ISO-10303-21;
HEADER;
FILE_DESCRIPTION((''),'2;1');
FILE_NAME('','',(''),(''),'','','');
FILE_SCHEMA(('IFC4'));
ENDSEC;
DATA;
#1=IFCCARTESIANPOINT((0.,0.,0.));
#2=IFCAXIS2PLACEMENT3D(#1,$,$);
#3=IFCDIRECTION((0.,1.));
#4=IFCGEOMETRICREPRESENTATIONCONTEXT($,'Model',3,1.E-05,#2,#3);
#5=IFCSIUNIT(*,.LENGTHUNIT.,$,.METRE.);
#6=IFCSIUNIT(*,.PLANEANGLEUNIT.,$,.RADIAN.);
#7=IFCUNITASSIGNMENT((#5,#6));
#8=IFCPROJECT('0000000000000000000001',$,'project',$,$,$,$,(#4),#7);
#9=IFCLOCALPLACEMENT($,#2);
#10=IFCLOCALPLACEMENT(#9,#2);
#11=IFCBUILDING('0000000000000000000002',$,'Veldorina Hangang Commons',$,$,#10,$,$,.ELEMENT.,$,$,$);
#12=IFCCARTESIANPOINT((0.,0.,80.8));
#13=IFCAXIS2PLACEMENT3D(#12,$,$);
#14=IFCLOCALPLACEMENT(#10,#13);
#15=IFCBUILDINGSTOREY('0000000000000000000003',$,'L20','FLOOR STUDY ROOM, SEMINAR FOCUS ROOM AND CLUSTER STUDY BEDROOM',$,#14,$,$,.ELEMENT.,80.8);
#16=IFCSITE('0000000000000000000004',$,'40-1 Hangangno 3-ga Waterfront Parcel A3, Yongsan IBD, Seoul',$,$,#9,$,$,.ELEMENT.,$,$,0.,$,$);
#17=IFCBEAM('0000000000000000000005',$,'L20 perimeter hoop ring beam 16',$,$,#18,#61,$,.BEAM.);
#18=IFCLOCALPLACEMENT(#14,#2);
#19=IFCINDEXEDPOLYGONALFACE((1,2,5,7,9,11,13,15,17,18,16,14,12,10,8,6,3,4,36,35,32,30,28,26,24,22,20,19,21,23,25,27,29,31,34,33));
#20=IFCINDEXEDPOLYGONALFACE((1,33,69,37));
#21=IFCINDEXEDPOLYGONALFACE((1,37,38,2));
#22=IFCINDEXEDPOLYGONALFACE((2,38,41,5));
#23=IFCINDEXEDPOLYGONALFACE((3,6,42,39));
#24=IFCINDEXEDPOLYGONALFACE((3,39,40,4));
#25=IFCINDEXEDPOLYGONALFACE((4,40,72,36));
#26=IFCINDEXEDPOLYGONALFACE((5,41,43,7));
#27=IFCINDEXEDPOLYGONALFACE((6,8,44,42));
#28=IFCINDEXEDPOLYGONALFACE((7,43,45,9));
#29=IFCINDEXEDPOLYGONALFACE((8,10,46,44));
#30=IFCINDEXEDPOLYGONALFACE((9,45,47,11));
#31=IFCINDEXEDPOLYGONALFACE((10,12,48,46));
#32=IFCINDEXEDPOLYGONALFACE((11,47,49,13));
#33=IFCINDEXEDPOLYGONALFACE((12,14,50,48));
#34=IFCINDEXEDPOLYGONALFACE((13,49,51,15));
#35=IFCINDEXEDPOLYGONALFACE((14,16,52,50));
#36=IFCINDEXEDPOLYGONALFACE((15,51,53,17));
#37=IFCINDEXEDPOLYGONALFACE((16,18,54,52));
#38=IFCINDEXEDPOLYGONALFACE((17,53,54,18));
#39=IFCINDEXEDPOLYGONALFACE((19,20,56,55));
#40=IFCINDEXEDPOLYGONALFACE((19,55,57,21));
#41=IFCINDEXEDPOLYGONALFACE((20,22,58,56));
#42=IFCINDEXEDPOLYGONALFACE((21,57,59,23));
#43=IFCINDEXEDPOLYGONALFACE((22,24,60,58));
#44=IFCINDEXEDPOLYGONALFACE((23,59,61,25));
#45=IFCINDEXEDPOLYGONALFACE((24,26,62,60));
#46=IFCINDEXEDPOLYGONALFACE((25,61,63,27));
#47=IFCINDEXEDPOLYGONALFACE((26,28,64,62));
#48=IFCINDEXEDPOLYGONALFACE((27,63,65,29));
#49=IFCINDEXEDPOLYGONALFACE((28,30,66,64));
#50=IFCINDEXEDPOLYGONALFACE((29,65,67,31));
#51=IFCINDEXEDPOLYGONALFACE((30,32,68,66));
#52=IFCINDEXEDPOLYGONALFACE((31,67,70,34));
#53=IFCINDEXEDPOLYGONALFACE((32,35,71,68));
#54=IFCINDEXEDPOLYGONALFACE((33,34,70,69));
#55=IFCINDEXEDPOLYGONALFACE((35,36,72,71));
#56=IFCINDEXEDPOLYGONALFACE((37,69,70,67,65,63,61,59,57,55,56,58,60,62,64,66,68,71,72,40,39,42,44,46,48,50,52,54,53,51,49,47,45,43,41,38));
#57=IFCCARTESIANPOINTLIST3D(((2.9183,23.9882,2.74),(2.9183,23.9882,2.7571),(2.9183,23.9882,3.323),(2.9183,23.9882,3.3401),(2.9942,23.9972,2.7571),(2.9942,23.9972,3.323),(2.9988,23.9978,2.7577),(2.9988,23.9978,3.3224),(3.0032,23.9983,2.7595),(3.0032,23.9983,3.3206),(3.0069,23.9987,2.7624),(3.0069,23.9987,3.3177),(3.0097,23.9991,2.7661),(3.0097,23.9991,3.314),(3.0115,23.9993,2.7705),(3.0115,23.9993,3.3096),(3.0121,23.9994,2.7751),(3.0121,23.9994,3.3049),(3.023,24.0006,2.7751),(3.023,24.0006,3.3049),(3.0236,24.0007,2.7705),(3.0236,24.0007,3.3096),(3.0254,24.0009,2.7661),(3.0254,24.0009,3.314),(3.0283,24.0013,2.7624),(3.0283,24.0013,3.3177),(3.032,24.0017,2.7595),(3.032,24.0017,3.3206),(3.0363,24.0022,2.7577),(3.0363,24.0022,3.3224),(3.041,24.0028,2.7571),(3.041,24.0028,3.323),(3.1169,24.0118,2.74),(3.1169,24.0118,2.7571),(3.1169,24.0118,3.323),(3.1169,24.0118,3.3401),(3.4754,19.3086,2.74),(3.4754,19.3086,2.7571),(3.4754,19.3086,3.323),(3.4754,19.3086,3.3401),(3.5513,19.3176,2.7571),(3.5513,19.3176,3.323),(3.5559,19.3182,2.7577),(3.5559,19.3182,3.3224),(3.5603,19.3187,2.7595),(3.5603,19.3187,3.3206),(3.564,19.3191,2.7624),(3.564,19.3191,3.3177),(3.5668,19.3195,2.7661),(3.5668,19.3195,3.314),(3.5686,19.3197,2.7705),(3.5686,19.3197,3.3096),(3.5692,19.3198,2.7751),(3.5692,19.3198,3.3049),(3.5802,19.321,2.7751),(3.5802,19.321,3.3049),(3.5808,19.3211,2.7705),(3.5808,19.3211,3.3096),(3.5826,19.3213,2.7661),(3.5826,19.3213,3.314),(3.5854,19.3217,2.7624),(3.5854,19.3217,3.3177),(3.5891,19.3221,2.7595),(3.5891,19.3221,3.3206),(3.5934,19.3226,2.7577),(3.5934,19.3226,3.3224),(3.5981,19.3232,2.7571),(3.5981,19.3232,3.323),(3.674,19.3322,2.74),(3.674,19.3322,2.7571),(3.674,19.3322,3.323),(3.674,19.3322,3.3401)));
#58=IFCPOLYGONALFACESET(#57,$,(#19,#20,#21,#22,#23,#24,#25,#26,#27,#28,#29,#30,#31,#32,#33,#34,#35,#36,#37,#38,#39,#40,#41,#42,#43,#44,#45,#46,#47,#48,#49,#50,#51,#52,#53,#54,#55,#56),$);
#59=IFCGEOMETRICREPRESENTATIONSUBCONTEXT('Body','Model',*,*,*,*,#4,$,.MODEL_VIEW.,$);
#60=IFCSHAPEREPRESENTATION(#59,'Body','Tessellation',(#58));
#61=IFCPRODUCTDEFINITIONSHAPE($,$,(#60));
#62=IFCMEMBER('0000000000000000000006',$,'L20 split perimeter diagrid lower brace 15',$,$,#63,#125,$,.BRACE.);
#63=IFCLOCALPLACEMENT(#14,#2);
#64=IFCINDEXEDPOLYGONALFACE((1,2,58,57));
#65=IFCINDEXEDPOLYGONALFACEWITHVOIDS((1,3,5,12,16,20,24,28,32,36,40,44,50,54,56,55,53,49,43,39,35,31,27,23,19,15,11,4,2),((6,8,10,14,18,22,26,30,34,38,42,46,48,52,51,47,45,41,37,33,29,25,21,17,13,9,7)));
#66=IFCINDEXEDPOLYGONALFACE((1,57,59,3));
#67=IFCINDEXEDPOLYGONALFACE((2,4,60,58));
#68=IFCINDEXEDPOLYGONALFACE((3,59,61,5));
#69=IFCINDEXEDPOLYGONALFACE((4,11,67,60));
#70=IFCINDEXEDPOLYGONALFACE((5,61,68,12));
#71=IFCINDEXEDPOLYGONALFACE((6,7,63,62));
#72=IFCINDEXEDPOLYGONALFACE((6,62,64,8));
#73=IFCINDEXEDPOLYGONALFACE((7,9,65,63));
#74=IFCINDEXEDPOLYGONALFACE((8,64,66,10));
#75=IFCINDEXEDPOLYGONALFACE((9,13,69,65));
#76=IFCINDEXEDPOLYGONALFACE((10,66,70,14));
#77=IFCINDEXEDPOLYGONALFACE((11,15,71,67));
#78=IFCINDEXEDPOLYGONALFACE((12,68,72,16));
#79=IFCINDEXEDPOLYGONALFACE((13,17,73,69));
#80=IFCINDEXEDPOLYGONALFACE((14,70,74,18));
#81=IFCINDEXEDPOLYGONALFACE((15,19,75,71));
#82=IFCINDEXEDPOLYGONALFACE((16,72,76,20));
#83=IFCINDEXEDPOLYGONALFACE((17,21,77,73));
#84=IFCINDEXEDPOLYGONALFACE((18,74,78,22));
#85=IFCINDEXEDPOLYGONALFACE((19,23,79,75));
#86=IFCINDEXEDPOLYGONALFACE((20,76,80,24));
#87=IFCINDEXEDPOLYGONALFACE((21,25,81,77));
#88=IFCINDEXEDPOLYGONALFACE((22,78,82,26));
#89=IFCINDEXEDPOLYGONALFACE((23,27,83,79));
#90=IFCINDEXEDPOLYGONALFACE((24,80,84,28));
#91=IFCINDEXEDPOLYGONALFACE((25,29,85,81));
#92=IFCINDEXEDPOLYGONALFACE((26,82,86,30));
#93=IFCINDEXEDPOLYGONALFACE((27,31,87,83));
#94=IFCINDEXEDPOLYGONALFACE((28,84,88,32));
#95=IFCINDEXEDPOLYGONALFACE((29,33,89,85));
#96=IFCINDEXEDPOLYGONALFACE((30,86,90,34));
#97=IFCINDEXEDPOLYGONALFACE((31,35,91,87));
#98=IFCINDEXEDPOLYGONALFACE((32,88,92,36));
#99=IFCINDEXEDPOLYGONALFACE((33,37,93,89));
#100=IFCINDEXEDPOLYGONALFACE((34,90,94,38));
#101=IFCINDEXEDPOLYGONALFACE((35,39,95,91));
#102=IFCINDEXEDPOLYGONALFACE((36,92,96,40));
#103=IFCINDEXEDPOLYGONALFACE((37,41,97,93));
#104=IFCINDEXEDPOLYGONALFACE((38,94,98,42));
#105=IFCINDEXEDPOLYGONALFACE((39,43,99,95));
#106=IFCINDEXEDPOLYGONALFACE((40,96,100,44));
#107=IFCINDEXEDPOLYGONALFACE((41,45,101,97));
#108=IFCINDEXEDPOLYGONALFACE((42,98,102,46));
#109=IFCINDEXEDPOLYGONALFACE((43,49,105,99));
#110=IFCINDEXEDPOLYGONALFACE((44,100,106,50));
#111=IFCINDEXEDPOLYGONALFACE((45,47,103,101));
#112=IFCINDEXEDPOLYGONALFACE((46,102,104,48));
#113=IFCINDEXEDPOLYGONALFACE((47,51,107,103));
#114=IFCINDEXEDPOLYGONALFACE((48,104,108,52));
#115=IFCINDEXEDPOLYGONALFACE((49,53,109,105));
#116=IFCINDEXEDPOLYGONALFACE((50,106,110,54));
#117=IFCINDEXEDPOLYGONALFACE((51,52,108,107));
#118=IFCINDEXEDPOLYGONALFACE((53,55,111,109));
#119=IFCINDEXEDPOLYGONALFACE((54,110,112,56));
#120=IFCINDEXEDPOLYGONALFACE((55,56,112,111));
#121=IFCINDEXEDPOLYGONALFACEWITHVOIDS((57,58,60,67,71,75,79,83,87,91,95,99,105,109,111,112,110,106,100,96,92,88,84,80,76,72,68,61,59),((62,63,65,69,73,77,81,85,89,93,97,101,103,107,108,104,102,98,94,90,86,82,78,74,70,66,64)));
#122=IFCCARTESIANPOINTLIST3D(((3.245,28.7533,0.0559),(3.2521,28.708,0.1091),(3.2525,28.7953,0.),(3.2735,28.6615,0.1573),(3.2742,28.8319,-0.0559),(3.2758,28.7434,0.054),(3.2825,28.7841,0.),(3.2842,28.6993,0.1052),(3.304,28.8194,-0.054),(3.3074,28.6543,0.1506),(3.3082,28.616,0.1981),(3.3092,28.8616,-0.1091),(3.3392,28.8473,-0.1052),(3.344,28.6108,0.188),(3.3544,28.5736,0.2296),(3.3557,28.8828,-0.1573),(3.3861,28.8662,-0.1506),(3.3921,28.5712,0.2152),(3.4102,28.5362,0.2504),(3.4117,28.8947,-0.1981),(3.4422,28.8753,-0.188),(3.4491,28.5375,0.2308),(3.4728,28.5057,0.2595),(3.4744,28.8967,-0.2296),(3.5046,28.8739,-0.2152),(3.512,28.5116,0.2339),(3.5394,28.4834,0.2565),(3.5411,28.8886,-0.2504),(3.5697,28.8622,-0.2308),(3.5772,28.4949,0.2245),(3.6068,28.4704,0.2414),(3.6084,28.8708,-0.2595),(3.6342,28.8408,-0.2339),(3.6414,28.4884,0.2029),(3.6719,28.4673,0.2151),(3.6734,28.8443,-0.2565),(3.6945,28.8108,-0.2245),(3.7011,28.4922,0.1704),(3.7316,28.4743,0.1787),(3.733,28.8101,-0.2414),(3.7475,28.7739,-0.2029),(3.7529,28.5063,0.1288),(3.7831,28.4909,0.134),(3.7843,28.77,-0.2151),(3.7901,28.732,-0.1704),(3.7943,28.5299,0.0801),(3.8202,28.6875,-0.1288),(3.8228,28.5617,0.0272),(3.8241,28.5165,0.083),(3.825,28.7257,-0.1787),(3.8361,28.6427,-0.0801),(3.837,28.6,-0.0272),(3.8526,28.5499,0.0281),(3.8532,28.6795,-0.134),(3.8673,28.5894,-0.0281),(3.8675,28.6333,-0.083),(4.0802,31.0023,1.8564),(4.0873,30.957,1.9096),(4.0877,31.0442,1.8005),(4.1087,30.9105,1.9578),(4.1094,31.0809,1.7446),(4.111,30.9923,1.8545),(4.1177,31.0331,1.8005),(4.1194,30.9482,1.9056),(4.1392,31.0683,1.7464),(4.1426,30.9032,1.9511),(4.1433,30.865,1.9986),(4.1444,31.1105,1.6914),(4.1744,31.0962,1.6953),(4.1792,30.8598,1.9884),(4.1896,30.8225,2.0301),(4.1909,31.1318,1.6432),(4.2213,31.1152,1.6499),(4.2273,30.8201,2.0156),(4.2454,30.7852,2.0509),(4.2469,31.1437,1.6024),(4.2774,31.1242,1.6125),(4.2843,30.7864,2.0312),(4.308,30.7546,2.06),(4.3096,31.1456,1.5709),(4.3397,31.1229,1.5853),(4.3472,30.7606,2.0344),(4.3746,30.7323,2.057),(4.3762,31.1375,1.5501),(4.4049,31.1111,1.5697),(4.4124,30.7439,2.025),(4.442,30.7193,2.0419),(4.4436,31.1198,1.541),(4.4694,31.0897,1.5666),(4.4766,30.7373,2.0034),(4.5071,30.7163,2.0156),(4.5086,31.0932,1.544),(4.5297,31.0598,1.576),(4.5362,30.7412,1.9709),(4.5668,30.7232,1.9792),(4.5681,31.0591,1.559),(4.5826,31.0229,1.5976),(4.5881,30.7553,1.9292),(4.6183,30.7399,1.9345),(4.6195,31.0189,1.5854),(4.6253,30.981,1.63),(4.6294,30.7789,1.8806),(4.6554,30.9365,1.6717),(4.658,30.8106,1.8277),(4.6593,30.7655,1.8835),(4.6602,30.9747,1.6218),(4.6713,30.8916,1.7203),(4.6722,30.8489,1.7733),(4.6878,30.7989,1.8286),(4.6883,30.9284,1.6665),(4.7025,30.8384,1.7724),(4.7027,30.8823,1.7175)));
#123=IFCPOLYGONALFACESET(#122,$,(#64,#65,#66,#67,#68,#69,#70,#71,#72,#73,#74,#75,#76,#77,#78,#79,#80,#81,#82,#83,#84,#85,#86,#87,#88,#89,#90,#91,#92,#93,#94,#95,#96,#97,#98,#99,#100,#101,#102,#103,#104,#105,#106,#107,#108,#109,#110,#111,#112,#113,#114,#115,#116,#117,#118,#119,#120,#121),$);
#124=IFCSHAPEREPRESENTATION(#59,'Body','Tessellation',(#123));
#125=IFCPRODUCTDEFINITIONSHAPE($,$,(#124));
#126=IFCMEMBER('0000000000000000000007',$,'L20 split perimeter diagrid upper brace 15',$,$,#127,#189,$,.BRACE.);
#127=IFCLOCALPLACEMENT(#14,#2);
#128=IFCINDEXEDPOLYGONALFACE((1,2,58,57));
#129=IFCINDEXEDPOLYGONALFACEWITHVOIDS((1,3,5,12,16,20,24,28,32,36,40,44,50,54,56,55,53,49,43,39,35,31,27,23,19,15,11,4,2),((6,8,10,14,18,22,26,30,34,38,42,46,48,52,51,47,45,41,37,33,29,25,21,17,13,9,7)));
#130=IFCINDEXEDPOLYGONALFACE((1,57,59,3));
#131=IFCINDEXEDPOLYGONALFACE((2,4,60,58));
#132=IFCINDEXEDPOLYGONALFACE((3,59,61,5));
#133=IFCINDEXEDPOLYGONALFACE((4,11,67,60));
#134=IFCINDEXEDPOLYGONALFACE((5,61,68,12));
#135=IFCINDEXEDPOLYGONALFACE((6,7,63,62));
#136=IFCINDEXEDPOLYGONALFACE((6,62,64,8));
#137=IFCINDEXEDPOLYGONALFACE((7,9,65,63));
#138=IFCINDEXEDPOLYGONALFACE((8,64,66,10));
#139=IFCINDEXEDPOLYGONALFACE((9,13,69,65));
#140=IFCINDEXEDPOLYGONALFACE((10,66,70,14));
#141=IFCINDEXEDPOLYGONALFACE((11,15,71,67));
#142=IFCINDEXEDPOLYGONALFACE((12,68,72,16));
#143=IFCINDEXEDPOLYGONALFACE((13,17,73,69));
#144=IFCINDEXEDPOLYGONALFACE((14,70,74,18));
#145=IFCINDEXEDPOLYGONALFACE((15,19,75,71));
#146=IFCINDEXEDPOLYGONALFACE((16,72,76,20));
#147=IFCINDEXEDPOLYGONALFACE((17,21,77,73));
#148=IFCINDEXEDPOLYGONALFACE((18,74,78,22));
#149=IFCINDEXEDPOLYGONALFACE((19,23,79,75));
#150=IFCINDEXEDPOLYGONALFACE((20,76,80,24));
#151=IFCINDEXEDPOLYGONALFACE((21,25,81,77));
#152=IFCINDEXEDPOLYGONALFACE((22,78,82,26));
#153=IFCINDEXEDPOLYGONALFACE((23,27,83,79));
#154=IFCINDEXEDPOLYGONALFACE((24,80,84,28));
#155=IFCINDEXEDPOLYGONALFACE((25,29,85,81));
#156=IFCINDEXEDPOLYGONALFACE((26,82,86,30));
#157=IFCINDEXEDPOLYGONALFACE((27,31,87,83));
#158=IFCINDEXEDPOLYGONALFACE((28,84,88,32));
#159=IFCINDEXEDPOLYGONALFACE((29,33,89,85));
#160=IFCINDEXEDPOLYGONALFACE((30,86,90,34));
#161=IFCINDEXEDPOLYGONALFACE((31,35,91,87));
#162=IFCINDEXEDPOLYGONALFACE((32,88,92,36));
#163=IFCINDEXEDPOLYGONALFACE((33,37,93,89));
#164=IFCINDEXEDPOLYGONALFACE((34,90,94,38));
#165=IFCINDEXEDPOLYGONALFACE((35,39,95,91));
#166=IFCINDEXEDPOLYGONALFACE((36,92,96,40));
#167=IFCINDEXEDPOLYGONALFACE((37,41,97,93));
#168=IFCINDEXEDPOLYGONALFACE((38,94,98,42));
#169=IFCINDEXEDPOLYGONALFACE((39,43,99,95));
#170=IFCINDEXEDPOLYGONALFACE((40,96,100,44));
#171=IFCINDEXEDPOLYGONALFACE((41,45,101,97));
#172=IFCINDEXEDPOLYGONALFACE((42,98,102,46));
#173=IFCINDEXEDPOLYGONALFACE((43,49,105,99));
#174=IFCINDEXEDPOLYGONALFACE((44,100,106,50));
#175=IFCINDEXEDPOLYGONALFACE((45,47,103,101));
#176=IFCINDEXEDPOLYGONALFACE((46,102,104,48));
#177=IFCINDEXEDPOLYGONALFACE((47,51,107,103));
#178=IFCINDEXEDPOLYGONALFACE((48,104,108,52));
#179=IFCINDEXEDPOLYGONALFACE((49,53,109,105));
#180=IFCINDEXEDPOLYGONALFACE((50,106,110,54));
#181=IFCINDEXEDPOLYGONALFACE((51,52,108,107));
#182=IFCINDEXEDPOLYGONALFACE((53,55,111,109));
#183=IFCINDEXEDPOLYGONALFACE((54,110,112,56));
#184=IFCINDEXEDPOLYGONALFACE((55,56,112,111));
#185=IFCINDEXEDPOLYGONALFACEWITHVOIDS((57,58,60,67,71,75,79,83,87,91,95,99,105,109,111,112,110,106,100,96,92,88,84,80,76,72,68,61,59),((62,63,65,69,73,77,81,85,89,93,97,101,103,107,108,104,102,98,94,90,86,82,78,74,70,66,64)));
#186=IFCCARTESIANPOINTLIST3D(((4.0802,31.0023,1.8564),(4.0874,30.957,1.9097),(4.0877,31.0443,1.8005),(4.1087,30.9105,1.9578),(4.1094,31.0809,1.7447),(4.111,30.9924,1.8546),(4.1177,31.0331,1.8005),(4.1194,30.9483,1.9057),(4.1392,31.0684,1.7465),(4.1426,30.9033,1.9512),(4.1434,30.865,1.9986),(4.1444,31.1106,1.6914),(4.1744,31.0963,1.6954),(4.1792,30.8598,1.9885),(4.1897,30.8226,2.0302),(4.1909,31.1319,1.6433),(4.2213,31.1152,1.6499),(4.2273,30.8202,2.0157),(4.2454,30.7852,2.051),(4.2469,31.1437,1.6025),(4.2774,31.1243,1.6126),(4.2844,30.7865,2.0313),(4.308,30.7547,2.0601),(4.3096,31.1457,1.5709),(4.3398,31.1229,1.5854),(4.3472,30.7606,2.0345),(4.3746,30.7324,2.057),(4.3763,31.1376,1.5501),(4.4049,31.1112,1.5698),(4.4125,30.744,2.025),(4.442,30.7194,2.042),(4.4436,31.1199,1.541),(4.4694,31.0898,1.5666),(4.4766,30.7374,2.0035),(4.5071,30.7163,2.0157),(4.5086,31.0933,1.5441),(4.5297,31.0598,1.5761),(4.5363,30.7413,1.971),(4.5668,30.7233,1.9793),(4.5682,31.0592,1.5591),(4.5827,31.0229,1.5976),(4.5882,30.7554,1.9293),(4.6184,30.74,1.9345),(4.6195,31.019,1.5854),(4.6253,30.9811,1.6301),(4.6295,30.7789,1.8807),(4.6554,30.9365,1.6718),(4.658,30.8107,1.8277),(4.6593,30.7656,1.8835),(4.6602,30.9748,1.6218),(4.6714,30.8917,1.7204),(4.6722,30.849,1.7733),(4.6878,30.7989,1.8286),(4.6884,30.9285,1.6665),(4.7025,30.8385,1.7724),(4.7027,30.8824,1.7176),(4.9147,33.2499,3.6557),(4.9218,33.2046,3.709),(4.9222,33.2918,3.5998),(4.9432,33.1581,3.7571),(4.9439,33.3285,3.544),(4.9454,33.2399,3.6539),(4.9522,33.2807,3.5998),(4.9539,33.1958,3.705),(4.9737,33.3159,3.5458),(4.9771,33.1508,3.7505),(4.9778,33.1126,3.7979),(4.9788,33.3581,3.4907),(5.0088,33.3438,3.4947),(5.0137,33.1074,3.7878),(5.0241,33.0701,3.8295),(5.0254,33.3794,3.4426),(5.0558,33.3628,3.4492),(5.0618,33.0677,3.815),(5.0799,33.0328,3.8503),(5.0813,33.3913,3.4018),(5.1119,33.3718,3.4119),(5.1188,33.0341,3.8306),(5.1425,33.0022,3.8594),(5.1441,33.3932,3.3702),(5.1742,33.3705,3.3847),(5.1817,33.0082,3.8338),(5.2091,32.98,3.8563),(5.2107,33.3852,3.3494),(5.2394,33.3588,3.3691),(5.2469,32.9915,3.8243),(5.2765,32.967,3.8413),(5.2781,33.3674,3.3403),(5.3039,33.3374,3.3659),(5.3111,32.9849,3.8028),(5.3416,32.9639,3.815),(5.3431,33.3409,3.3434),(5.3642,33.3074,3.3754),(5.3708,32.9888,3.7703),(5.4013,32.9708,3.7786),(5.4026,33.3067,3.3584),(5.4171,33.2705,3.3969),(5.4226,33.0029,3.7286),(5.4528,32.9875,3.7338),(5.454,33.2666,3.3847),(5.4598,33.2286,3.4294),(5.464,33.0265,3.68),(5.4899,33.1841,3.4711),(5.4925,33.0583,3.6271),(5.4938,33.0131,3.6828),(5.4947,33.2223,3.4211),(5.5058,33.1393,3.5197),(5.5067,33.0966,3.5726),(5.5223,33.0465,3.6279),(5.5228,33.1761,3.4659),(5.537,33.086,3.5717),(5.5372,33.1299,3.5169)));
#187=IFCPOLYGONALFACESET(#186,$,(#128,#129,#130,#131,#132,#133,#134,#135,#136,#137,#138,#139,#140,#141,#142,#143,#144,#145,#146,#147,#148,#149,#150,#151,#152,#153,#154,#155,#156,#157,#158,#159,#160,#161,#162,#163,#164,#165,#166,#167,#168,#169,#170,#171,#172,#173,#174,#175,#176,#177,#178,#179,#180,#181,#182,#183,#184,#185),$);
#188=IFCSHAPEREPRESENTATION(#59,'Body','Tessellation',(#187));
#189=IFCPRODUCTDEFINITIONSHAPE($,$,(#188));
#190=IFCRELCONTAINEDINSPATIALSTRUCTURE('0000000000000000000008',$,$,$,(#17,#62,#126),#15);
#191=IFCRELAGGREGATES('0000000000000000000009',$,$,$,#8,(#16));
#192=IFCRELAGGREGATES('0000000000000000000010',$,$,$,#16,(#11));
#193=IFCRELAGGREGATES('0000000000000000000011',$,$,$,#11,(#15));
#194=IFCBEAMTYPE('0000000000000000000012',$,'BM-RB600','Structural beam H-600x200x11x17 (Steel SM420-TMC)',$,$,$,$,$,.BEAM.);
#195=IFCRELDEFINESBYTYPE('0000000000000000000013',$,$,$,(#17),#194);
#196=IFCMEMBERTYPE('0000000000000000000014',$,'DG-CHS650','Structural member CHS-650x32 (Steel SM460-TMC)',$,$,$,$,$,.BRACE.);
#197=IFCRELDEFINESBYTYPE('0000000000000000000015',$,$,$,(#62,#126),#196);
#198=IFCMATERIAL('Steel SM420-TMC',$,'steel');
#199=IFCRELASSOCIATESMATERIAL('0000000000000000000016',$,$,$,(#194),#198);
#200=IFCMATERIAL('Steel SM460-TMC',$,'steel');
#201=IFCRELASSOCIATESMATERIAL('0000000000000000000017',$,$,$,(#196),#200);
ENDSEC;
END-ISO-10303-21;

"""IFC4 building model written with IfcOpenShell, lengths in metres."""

from ifc_helpers import new_model, si_unit, direction, frame, origin, origin_2d, place, context, subcontext, project, spatial, hollow_circle, i_section, extrude, material, material_profile, profile_set, type_object, element, save


model = new_model("IFC4")

# Units and contexts
model_context = context("Model", 3, precision=1e-05, world=origin(), true_north=direction((0.0, 1.0)))
body_context = subcontext(model_context, "Body", "Model", "MODEL_VIEW")
ifc_project = project(units=[si_unit("LENGTHUNIT", "METRE"), si_unit("PLANEANGLEUNIT", "RADIAN")], contexts=[model_context])

# Site, building, storey
site_placement = place(None, origin())
site = spatial("IfcSite", under=ifc_project, at=site_placement, Name="40-1 Hangangno 3-ga Waterfront Parcel A3, Yongsan IBD, Seoul", CompositionType="ELEMENT", RefElevation=0.0)
building_placement = place(site_placement, origin())
building = spatial("IfcBuilding", under=site, at=building_placement, Name="Veldorina Hangang Commons", CompositionType="ELEMENT")
storey_placement = place(building_placement, frame((0.0, 0.0, 80.8)))
storey = spatial("IfcBuildingStorey", under=building, at=storey_placement, Name="L20", Description="FLOOR STUDY ROOM, SEMINAR FOCUS ROOM AND CLUSTER STUDY BEDROOM", CompositionType="ELEMENT", Elevation=80.8)

# Beam
ifc_material_1 = material(Name="Steel SM420-TMC", Category="steel")
ifc_material_profile_1 = material_profile(ifc_material_1, i_section(OverallWidth=0.2, OverallDepth=0.6001, WebThickness=0.011, FlangeThickness=0.0171, FilletRadius=0.0181, at=origin_2d()), Name="H-600x200x11x17")
ifc_profile_set_1 = profile_set([ifc_material_profile_1], Name="Steel SM420-TMC")
beam_type_1 = type_object("IfcBeamType", Name="BM-RB600", Description="Structural beam H-600x200x11x17 (Steel SM420-TMC)", PredefinedType="BEAM", material=ifc_profile_set_1)
for number, where, z_axis, x_axis, name in (
    (1, (3.0176, 24.0, 3.04), (0.118218, -0.992988, 0.0), (0.992988, 0.118218, 0.0), "L20 perimeter hoop ring beam 16"),
):
    element("IfcBeam", number, at=place(storey_placement, frame(where, z_axis=z_axis, x_axis=x_axis)), inside=storey, type_object=beam_type_1, Name=name, PredefinedType="BEAM", context=body_context, shape_type="SweptSolid", body=[
        extrude(i_section(OverallWidth=0.2, OverallDepth=0.6001, WebThickness=0.011, FlangeThickness=0.0171, FilletRadius=0.0181, at=origin_2d()), origin(), (0.0, 0.0, 1.0), 4.7126),
    ])

# Members
ifc_material_2 = material(Name="Steel SM460-TMC", Category="steel")
ifc_material_profile_2 = material_profile(ifc_material_2, hollow_circle(Radius=0.325, WallThickness=0.032, at=origin_2d()), Name="CHS-650x32")
ifc_profile_set_2 = profile_set([ifc_material_profile_2], Name="Steel SM460-TMC")
member_type = type_object("IfcMemberType", Name="DG-CHS650", Description="Structural member CHS-650x32 (Steel SM460-TMC)", PredefinedType="BRACE", material=ifc_profile_set_2)
member_1_placement = place(storey_placement, frame((3.5571, 28.6821, 0.0), z_axis=(0.278439, 0.749774, 0.600259), x_axis=(-0.937445, 0.348133, 0.0)))
element("IfcMember", 2, at=member_1_placement, inside=storey, type_object=member_type, Name="L20 split perimeter diagrid lower brace 15", PredefinedType="BRACE", context=body_context, shape_type="SweptSolid", body=[
    extrude(hollow_circle(Radius=0.325, WallThickness=0.032, at=origin_2d()), origin(), (0.0, 0.0, 1.0), 2.9995),
])
member_2_placement = place(storey_placement, frame((4.3923, 30.9312, 1.8005), z_axis=(0.278383, 0.749794, 0.600259), x_axis=(-0.937471, 0.348064, 0.0)))
element("IfcMember", 3, at=member_2_placement, inside=storey, type_object=member_type, Name="L20 split perimeter diagrid upper brace 15", PredefinedType="BRACE", context=body_context, shape_type="SweptSolid", body=[
    extrude(hollow_circle(Radius=0.325, WallThickness=0.032, at=origin_2d()), origin(), (0.0, 0.0, 1.0), 2.9976),
])

save(model, "model.ifc")
